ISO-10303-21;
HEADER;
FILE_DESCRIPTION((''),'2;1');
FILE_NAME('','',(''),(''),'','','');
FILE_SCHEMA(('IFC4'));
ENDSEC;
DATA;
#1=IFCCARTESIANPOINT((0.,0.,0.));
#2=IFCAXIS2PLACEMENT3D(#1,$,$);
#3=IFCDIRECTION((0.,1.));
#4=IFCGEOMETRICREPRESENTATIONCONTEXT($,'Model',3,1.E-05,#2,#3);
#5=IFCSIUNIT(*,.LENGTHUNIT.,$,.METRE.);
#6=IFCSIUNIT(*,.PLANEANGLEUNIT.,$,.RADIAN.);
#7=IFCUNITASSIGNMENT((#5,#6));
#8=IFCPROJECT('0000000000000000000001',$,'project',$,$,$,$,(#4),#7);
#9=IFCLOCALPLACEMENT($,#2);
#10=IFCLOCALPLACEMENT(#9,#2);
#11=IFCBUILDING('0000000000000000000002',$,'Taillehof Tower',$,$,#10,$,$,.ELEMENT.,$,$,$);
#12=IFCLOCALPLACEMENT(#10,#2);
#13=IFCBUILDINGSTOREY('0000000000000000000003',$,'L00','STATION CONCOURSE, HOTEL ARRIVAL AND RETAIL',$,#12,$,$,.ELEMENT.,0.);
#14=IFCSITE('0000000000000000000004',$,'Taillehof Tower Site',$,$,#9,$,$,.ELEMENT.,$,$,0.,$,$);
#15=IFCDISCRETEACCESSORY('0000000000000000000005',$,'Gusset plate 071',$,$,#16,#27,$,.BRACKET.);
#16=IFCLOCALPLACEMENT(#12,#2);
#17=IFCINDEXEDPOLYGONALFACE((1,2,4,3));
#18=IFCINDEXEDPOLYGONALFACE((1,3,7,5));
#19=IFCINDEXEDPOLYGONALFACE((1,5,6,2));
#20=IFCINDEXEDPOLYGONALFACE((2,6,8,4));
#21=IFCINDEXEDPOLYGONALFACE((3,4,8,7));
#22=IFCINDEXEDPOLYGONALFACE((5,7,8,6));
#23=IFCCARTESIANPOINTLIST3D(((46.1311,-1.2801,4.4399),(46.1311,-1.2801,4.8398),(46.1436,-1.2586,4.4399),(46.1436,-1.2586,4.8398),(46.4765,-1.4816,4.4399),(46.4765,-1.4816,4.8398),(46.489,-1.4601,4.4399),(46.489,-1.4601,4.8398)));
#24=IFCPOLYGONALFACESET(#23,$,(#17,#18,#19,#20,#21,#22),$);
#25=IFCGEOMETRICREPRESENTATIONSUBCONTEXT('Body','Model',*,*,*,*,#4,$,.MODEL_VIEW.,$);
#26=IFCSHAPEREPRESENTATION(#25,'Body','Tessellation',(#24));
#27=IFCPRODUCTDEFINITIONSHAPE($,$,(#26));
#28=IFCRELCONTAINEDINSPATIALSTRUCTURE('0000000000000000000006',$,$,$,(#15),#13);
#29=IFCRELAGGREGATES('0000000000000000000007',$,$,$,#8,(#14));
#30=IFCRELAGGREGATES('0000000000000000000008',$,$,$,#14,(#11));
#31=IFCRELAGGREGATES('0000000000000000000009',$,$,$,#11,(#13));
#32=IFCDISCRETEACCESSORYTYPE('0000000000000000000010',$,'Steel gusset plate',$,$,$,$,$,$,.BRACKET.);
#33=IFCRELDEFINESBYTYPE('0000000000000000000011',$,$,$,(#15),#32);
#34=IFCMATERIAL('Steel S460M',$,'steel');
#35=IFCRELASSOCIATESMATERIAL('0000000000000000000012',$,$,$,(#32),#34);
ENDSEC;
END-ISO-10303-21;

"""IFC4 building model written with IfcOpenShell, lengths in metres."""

from ifc_helpers import new_model, si_unit, direction, frame, origin, origin_2d, place, context, subcontext, project, spatial, rectangle, extrude, material, type_object, element, save


model = new_model("IFC4")

# Units and contexts
model_context = context("Model", 3, precision=1e-05, world=origin(), true_north=direction((0.0, 1.0)))
body_context = subcontext(model_context, "Body", "Model", "MODEL_VIEW")
ifc_project = project(units=[si_unit("LENGTHUNIT", "METRE"), si_unit("PLANEANGLEUNIT", "RADIAN")], contexts=[model_context])

# Site, building, storey
site_placement = place(None, origin())
site = spatial("IfcSite", under=ifc_project, at=site_placement, Name="Taillehof Tower Site", CompositionType="ELEMENT", RefElevation=0.0)
building_placement = place(site_placement, origin())
building = spatial("IfcBuilding", under=site, at=building_placement, Name="Taillehof Tower", CompositionType="ELEMENT")
storey_placement = place(building_placement, origin())
storey = spatial("IfcBuildingStorey", under=building, at=storey_placement, Name="L00", Description="STATION CONCOURSE, HOTEL ARRIVAL AND RETAIL", CompositionType="ELEMENT", Elevation=0.0)

# Discrete accessory
ifc_material_1 = material(Name="Steel S460M", Category="steel")
discrete_accessory_type_1 = type_object("IfcDiscreteAccessoryType", Name="Steel gusset plate", PredefinedType="BRACKET", material=ifc_material_1)
for number, where, z_axis, x_axis, name in (
    (1, (46.3101, -1.3701, 4.4399), (0.0, 0.0, 1.0), (-0.863695, 0.504015, 0.0), "Gusset plate 071"),
):
    element("IfcDiscreteAccessory", number, at=place(storey_placement, frame(where, z_axis=z_axis, x_axis=x_axis)), inside=storey, type_object=discrete_accessory_type_1, Name=name, PredefinedType="BRACKET", context=body_context, shape_type="SweptSolid", body=[
        extrude(rectangle(XDim=0.3999, YDim=0.0249, at=origin_2d()), origin(), (0.0, 0.0, 1.0), 0.3999),
    ])

save(model, "model.ifc")
